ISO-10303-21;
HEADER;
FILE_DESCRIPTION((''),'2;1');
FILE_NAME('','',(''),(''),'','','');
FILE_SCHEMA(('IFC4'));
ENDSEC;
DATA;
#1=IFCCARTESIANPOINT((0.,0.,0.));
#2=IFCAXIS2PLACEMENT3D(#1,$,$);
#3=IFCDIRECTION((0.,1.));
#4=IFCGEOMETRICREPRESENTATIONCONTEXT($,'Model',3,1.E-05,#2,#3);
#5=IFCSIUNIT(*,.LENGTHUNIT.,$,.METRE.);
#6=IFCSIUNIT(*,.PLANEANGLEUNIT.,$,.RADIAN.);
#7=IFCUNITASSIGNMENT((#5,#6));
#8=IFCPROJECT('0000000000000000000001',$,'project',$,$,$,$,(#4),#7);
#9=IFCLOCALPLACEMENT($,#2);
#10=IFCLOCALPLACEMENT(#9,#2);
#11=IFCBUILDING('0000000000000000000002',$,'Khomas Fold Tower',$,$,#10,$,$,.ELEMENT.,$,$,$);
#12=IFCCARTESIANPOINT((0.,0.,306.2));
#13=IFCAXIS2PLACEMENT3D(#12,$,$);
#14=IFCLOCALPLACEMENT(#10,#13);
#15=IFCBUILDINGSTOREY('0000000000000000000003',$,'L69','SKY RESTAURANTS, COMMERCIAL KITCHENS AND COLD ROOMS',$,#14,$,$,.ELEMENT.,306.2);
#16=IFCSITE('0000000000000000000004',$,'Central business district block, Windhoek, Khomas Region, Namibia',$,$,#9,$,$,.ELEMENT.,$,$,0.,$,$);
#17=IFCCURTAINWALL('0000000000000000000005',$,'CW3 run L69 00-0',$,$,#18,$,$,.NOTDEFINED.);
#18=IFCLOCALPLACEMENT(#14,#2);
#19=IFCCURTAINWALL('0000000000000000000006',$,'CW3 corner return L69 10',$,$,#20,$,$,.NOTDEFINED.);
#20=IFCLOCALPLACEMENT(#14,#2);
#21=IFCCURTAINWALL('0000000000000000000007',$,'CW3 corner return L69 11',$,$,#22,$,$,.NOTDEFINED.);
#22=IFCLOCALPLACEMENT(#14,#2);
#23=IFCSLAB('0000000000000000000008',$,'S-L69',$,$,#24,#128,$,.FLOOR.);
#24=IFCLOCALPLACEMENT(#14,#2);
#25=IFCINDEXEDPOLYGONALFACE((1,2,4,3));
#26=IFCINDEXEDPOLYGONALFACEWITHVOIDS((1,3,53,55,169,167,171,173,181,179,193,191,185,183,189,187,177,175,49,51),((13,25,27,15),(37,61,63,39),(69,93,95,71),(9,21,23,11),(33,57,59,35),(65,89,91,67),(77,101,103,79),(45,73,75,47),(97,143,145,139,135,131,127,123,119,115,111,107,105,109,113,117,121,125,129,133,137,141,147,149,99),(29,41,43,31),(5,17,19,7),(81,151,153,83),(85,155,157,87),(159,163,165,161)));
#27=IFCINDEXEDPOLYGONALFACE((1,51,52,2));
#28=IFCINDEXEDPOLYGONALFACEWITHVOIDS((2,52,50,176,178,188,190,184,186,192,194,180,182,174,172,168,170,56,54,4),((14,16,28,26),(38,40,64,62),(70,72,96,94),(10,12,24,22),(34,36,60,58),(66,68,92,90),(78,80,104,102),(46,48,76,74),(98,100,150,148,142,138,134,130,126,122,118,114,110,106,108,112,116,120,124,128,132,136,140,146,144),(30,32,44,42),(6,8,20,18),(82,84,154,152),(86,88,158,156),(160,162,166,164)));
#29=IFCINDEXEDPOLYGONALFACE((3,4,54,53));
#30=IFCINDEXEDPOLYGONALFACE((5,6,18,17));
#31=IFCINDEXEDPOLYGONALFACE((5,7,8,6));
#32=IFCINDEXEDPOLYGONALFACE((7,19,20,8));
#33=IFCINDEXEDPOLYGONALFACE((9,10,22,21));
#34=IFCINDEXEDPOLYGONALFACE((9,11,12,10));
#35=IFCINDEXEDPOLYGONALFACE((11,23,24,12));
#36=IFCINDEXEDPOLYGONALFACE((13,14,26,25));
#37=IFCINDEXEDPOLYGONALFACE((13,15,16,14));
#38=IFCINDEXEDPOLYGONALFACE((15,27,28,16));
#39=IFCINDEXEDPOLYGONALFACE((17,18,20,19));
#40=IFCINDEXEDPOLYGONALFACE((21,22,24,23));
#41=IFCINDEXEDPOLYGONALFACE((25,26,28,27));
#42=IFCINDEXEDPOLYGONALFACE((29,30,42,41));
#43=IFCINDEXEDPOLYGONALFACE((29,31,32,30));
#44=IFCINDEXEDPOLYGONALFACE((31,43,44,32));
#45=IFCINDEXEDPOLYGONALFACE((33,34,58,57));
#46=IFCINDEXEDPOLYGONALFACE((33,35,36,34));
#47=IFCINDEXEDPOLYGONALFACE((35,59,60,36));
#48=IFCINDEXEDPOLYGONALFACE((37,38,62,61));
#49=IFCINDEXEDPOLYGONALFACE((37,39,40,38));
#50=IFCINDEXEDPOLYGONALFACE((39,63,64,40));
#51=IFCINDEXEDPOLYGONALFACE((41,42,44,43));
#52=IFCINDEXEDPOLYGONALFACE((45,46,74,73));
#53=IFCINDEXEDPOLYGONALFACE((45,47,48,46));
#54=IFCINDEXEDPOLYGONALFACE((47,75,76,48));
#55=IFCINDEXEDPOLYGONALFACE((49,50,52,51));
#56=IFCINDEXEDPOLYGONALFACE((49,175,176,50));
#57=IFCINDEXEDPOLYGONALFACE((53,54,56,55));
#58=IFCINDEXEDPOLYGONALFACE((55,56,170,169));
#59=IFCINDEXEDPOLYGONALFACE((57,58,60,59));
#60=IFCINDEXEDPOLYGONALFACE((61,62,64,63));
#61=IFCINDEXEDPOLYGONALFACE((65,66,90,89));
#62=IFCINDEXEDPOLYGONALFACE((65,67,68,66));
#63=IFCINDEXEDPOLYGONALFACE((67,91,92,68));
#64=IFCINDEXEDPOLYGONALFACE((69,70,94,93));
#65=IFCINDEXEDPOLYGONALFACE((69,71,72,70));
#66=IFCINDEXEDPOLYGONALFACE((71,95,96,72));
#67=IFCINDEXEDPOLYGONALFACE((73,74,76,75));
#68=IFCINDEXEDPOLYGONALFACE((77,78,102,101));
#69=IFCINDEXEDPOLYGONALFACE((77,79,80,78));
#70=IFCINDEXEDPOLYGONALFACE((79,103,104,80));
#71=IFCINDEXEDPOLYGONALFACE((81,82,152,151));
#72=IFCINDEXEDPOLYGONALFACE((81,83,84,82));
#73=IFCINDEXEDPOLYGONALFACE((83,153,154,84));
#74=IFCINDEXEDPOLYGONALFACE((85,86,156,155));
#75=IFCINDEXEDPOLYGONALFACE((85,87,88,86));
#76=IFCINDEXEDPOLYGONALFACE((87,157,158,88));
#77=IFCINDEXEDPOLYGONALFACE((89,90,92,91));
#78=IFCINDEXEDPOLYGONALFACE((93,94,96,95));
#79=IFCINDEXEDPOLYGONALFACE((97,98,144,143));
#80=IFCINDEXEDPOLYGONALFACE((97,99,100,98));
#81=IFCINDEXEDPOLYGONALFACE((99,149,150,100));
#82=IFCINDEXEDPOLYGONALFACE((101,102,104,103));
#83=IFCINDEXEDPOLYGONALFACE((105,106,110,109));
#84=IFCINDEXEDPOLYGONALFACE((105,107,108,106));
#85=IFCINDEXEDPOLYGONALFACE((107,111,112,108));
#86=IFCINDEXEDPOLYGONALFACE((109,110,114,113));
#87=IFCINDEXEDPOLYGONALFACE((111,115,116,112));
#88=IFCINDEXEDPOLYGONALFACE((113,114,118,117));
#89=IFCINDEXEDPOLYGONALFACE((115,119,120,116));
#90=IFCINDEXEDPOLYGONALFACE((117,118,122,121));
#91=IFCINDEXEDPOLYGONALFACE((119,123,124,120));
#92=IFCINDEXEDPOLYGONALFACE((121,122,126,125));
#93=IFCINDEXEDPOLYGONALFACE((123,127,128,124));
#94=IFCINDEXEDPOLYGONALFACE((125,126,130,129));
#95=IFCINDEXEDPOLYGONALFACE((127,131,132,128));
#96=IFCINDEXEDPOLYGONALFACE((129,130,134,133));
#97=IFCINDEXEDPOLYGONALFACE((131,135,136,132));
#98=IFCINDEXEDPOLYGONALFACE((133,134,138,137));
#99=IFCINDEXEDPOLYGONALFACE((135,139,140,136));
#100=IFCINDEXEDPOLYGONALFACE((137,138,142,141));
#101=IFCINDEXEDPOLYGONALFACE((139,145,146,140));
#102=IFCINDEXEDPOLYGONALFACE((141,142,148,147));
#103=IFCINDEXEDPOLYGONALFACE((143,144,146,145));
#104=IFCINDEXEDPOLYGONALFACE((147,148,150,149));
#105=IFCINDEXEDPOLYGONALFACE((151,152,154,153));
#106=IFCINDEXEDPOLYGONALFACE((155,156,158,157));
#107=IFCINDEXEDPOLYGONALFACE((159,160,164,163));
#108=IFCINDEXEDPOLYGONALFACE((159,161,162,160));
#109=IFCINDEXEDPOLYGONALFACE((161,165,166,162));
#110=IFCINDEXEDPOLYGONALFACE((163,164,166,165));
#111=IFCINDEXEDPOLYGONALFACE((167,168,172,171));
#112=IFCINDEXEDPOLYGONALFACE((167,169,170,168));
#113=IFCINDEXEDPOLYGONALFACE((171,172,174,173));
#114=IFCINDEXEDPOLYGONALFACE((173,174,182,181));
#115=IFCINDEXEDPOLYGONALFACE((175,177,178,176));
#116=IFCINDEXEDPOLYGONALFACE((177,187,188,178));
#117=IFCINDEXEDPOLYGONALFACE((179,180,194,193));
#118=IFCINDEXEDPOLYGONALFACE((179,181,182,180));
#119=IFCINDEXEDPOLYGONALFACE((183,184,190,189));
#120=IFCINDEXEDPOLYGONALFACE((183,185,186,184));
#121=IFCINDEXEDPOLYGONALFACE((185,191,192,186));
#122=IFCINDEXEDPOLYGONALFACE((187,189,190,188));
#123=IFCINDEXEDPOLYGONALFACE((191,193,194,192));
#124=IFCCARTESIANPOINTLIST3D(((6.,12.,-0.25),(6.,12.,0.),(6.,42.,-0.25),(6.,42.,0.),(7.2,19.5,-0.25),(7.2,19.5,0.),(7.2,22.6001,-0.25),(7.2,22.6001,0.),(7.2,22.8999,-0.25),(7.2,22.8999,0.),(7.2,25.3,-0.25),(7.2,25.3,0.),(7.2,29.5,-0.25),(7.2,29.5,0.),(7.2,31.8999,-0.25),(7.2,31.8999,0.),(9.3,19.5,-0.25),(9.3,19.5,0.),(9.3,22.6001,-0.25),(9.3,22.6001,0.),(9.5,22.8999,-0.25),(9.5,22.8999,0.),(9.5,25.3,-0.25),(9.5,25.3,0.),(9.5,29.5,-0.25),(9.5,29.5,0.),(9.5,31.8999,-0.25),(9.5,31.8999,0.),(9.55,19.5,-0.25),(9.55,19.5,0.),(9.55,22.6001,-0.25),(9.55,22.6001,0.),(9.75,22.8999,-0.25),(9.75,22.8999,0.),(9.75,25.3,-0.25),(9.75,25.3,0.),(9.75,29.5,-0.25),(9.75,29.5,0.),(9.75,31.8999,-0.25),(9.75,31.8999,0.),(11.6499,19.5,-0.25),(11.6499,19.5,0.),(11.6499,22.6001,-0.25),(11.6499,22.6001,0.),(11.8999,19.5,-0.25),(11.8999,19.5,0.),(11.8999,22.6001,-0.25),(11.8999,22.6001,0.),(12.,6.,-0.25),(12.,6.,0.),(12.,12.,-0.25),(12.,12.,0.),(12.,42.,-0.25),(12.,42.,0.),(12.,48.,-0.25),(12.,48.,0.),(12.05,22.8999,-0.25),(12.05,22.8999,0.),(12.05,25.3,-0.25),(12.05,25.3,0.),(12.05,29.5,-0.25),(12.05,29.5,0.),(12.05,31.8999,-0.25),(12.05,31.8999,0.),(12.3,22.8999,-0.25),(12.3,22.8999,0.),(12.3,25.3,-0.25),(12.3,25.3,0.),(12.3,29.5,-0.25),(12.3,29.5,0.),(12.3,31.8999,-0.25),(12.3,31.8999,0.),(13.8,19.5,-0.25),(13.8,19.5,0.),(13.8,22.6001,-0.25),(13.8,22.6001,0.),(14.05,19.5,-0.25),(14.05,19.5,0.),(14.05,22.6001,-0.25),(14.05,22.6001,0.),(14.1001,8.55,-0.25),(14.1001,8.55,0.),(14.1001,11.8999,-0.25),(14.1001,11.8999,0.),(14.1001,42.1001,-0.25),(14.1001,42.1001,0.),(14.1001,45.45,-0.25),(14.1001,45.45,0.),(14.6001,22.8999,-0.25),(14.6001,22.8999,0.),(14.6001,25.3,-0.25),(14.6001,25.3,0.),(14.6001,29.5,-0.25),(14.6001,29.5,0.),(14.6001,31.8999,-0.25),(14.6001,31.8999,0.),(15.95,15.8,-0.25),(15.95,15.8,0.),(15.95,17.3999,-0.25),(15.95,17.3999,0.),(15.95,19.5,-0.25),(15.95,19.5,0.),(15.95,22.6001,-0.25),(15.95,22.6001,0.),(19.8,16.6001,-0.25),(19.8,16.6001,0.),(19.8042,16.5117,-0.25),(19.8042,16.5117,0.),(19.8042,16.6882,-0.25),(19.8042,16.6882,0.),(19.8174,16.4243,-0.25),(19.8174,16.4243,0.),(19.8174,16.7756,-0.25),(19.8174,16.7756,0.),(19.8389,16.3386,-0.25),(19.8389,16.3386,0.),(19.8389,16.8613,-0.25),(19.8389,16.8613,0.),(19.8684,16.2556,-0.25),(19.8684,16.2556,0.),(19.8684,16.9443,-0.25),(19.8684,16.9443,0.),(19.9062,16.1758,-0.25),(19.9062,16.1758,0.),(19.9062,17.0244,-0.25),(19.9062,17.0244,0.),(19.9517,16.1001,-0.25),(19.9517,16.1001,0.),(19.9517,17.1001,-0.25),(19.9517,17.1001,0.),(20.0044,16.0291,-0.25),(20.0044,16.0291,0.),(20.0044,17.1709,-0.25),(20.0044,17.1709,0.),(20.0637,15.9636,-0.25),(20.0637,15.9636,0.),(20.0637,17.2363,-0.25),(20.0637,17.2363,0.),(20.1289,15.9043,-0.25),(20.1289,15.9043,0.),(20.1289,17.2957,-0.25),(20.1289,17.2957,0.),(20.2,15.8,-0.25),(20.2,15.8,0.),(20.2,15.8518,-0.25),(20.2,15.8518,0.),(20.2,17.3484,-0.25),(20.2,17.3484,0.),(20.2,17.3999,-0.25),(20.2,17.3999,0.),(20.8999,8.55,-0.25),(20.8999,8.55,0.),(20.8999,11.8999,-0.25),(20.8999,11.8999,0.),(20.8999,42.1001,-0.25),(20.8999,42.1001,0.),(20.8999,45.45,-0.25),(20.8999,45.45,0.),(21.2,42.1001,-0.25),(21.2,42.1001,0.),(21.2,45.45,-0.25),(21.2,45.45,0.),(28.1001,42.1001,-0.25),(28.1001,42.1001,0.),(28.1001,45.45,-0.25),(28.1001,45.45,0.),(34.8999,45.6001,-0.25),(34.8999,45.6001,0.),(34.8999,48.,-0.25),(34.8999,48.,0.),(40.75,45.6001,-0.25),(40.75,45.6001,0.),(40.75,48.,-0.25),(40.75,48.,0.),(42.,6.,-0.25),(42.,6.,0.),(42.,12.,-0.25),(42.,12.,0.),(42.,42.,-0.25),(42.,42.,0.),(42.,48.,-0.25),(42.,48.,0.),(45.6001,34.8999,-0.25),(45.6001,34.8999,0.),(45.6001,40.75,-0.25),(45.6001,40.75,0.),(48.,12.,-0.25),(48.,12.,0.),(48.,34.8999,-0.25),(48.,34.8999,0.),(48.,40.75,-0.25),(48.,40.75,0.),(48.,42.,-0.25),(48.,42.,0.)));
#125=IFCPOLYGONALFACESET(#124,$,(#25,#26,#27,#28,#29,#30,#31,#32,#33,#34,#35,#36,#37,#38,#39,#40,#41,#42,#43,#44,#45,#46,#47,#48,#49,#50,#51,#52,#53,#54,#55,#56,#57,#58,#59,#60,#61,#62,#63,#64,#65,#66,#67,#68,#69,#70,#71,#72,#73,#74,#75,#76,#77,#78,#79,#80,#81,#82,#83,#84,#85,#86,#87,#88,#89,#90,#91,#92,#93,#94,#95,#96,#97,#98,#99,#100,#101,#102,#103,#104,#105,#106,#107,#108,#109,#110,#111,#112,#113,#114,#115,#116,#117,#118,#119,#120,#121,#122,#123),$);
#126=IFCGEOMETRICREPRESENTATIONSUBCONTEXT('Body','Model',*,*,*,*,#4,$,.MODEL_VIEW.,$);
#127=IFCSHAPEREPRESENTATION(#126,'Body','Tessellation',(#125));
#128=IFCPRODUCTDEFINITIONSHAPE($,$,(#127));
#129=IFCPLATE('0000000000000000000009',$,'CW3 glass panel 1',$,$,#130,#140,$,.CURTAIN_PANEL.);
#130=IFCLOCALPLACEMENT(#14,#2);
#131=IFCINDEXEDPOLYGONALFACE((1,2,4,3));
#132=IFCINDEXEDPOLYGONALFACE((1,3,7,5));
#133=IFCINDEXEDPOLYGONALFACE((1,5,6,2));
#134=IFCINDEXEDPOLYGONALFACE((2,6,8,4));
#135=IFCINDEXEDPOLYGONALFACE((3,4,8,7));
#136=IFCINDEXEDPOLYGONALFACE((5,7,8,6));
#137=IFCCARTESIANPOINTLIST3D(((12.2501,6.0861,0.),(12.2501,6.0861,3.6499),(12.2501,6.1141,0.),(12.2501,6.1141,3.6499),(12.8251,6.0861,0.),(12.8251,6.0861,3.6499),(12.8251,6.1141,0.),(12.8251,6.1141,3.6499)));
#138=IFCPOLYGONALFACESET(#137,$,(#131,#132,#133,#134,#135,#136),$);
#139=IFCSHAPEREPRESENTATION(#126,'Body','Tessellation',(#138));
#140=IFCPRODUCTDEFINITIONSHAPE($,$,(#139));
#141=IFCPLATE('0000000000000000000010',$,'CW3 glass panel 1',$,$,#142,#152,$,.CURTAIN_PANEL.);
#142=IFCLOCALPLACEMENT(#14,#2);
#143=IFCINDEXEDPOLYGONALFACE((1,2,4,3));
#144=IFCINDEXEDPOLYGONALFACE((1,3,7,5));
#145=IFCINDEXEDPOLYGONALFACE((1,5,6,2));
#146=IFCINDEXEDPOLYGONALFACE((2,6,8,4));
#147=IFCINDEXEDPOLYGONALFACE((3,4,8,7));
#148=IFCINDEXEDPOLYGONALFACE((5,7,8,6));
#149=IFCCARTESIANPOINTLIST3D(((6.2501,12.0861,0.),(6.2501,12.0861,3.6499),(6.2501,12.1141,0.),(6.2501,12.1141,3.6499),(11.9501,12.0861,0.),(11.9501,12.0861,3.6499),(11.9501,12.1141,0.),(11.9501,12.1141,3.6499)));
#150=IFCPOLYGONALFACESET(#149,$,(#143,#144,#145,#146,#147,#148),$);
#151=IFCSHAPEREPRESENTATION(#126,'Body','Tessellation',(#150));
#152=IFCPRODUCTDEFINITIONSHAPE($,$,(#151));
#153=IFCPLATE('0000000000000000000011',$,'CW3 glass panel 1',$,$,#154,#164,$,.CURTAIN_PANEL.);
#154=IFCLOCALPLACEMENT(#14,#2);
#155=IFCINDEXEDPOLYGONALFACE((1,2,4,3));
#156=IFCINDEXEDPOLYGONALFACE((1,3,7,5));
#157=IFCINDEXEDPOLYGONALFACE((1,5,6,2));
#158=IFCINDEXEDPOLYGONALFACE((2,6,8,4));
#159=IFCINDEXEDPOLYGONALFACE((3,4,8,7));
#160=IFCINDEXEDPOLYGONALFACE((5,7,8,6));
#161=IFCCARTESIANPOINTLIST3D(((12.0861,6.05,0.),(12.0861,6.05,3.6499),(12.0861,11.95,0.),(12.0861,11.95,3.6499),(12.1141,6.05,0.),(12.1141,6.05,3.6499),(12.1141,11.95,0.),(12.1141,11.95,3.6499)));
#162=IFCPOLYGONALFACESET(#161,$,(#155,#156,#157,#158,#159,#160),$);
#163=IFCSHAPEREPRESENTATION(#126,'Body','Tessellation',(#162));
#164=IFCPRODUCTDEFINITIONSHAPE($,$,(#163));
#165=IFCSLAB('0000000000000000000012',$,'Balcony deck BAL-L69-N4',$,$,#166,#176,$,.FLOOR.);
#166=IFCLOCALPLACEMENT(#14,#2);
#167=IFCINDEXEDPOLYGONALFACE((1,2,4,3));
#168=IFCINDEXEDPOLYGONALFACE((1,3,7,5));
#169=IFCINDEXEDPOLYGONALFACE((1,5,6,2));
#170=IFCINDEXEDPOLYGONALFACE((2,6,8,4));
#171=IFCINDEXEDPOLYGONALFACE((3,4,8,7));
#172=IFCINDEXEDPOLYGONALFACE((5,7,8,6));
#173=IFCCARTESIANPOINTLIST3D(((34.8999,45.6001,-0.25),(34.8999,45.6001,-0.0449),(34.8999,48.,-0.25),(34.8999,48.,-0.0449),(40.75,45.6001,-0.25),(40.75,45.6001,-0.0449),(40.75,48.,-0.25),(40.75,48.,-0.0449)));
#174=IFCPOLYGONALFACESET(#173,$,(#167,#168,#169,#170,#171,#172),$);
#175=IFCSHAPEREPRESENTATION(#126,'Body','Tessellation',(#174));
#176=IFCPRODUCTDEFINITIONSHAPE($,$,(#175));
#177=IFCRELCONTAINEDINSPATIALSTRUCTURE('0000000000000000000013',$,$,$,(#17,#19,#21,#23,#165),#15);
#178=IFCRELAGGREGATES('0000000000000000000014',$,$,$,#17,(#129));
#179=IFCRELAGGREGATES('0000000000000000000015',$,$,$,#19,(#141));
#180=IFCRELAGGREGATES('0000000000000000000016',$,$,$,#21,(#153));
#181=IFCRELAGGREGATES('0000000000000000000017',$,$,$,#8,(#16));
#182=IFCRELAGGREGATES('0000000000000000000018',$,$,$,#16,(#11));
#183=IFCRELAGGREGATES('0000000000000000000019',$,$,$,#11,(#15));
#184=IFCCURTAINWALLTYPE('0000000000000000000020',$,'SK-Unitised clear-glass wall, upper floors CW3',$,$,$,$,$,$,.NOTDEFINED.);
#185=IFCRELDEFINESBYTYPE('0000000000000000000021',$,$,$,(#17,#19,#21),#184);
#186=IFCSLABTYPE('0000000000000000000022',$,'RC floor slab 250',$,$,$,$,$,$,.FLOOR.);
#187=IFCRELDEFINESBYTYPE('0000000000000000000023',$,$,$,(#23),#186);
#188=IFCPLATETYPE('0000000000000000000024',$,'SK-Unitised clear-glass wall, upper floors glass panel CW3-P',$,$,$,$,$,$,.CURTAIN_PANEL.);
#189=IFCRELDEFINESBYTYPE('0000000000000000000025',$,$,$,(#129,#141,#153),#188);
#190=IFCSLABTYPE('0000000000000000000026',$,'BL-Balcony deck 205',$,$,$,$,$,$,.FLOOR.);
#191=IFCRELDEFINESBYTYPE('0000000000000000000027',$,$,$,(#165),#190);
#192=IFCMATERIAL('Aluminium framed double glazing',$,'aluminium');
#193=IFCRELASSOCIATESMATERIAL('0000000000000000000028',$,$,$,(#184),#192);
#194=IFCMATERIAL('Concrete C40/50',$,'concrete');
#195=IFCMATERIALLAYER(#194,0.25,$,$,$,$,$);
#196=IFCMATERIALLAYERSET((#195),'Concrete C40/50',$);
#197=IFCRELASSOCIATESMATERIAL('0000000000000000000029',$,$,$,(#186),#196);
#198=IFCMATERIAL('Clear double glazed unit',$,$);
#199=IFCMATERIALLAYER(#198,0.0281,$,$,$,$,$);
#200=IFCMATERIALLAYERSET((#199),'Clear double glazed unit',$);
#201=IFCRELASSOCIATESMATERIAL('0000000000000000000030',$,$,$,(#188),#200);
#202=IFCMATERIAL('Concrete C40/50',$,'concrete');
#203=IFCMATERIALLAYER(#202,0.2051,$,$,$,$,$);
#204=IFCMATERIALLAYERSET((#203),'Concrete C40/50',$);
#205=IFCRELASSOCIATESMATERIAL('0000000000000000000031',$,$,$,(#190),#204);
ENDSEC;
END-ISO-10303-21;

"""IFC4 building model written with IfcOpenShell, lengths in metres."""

from ifc_helpers import new_model, si_unit, direction, frame, origin, origin_2d, place, context, subcontext, project, spatial, polyline, rectangle, outline, extrude, source, transform, mapped, material, layer, layer_set, type_object, element, aggregate, save


model = new_model("IFC4")

# Units and contexts
model_context = context("Model", 3, precision=1e-05, world=origin(), true_north=direction((0.0, 1.0)))
body_context = subcontext(model_context, "Body", "Model", "MODEL_VIEW")
ifc_project = project(units=[si_unit("LENGTHUNIT", "METRE"), si_unit("PLANEANGLEUNIT", "RADIAN")], contexts=[model_context])

# Site, building, storey
site_placement = place(None, origin())
site = spatial("IfcSite", under=ifc_project, at=site_placement, Name="Central business district block, Windhoek, Khomas Region, Namibia", CompositionType="ELEMENT", RefElevation=0.0)
building_placement = place(site_placement, origin())
building = spatial("IfcBuilding", under=site, at=building_placement, Name="Khomas Fold Tower", CompositionType="ELEMENT")
storey_placement = place(building_placement, frame((0.0, 0.0, 306.2)))
storey = spatial("IfcBuildingStorey", under=building, at=storey_placement, Name="L69", Description="SKY RESTAURANTS, COMMERCIAL KITCHENS AND COLD ROOMS", CompositionType="ELEMENT", Elevation=306.2)

# Curtain walls
ifc_material_1 = material(Name="Aluminium framed double glazing", Category="aluminium")
curtain_wall_type = type_object("IfcCurtainWallType", Name="SK-Unitised clear-glass wall, upper floors CW3", PredefinedType="NOTDEFINED", material=ifc_material_1)
curtain_wall_1_placement = place(storey_placement, origin())
curtain_wall_1 = element("IfcCurtainWall", 1, at=curtain_wall_1_placement, inside=storey, type_object=curtain_wall_type, Name="CW3 run L69 00-0", PredefinedType="NOTDEFINED")
curtain_wall_2_placement = place(storey_placement, origin())
curtain_wall_2 = element("IfcCurtainWall", 2, at=curtain_wall_2_placement, inside=storey, type_object=curtain_wall_type, Name="CW3 corner return L69 10", PredefinedType="NOTDEFINED")

# Curtain wall
curtain_wall_3_placement = place(storey_placement, origin())
curtain_wall_3 = element("IfcCurtainWall", 3, at=curtain_wall_3_placement, inside=storey, type_object=curtain_wall_type, Name="CW3 corner return L69 11", PredefinedType="NOTDEFINED")

# Slab
ifc_material_2 = material(Name="Concrete C40/50", Category="concrete")
ifc_layer_1 = layer(ifc_material_2, 0.25)
ifc_layer_set_1 = layer_set([ifc_layer_1], Name="Concrete C40/50")
slab_type_1 = type_object("IfcSlabType", Name="RC floor slab 250", PredefinedType="FLOOR", material=ifc_layer_set_1)
shared_shape_1 = source(origin(), body_context, "Body", "SweptSolid", [
    extrude(outline(polyline([(6.0, 12.0), (12.0, 12.0), (12.0, 6.0), (42.0, 6.0), (42.0, 12.0), (48.0, 12.0), (48.0, 34.8999), (45.6001, 34.8999), (45.6001, 40.75), (48.0, 40.75), (48.0, 42.0), (42.0, 42.0), (42.0, 48.0), (40.75, 48.0), (40.75, 45.6001), (34.8999, 45.6001), (34.8999, 48.0), (12.0, 48.0), (12.0, 42.0), (6.0, 42.0), (6.0, 12.0)]), holes=[polyline([(7.2, 19.5), (7.2, 22.6001), (9.3, 22.6001), (9.3, 19.5), (7.2, 19.5)]), polyline([(7.2, 22.8999), (7.2, 25.3), (9.5, 25.3), (9.5, 22.8999), (7.2, 22.8999)]), polyline([(7.2, 29.5), (7.2, 31.8999), (9.5, 31.8999), (9.5, 29.5), (7.2, 29.5)]), polyline([(9.55, 19.5), (9.55, 22.6001), (11.6499, 22.6001), (11.6499, 19.5), (9.55, 19.5)]), polyline([(9.75, 22.8999), (9.75, 25.3), (12.05, 25.3), (12.05, 22.8999), (9.75, 22.8999)]), polyline([(9.75, 29.5), (9.75, 31.8999), (12.05, 31.8999), (12.05, 29.5), (9.75, 29.5)]), polyline([(11.8999, 19.5), (11.8999, 22.6001), (13.8, 22.6001), (13.8, 19.5), (11.8999, 19.5)]), polyline([(12.3, 22.8999), (12.3, 25.3), (14.6001, 25.3), (14.6001, 22.8999), (12.3, 22.8999)]), polyline([(12.3, 29.5), (12.3, 31.8999), (14.6001, 31.8999), (14.6001, 29.5), (12.3, 29.5)]), polyline([(14.05, 19.5), (14.05, 22.6001), (15.95, 22.6001), (15.95, 19.5), (14.05, 19.5)]), polyline([(14.1001, 8.55), (14.1001, 11.8999), (20.8999, 11.8999), (20.8999, 8.55), (14.1001, 8.55)]), polyline([(14.1001, 42.1001), (14.1001, 45.45), (20.8999, 45.45), (20.8999, 42.1001), (14.1001, 42.1001)]), polyline([(15.95, 15.8), (15.95, 17.3999), (20.2, 17.3999), (20.2, 17.3484), (20.2, 17.3484), (20.1289, 17.2957), (20.0637, 17.2363), (20.0044, 17.1709), (19.9517, 17.1001), (19.9062, 17.0244), (19.8684, 16.9443), (19.8389, 16.8613), (19.8174, 16.7756), (19.8042, 16.6882), (19.8, 16.6001), (19.8042, 16.5117), (19.8174, 16.4243), (19.8389, 16.3386), (19.8684, 16.2556), (19.9062, 16.1758), (19.9517, 16.1001), (20.0044, 16.0291), (20.0637, 15.9636), (20.1289, 15.9043), (20.2, 15.8518), (20.2, 15.8518), (20.2, 15.8), (15.95, 15.8)]), polyline([(21.2, 42.1001), (21.2, 45.45), (28.1001, 45.45), (28.1001, 42.1001), (21.2, 42.1001)])]), origin(), (0.0, 0.0, 1.0), 0.25),
])
slab_1_placement = place(storey_placement, frame((0.0, 0.0, -0.25)))
element("IfcSlab", 4, at=slab_1_placement, inside=storey, type_object=slab_type_1, Name="S-L69", PredefinedType="FLOOR", context=body_context, shape_type="MappedRepresentation", body=[
    mapped(shared_shape_1, transform((0.0, 0.0, 0.0))),
])

# Plates
ifc_material_3 = material(Name="Clear double glazed unit")
ifc_layer_2 = layer(ifc_material_3, 0.0281)
ifc_layer_set_2 = layer_set([ifc_layer_2], Name="Clear double glazed unit")
plate_type = type_object("IfcPlateType", Name="SK-Unitised clear-glass wall, upper floors glass panel CW3-P", PredefinedType="CURTAIN_PANEL", material=ifc_layer_set_2)
shared_shape_2 = source(origin(), body_context, "Body", "SweptSolid", [
    extrude(rectangle(XDim=0.575, YDim=0.0281, at=origin_2d()), origin(), (0.0, 0.0, 1.0), 3.6499),
])
plate_1_placement = place(storey_placement, frame((12.5376, 6.1001, 0.0), z_axis=(0.0, 0.0, 1.0), x_axis=(1.0, 0.0, 0.0)))
plate_1 = element("IfcPlate", 5, at=plate_1_placement, type_object=plate_type, Name="CW3 glass panel 1", PredefinedType="CURTAIN_PANEL", context=body_context, shape_type="MappedRepresentation", body=[
    mapped(shared_shape_2, transform((0.0, 0.0, 0.0))),
])
aggregate(curtain_wall_1, [plate_1])
shared_shape_3 = source(origin(), body_context, "Body", "SweptSolid", [
    extrude(rectangle(XDim=5.7, YDim=0.0281, at=origin_2d()), origin(), (0.0, 0.0, 1.0), 3.6499),
])
plate_2_placement = place(storey_placement, frame((9.1001, 12.1001, 0.0), z_axis=(0.0, 0.0, 1.0), x_axis=(1.0, 0.0, 0.0)))
plate_2 = element("IfcPlate", 6, at=plate_2_placement, type_object=plate_type, Name="CW3 glass panel 1", PredefinedType="CURTAIN_PANEL", context=body_context, shape_type="MappedRepresentation", body=[
    mapped(shared_shape_3, transform((0.0, 0.0, 0.0))),
])
aggregate(curtain_wall_2, [plate_2])
shared_shape_4 = source(origin(), body_context, "Body", "SweptSolid", [
    extrude(rectangle(XDim=5.8999, YDim=0.0281, at=origin_2d()), origin(), (0.0, 0.0, 1.0), 3.6499),
])
plate_3_placement = place(storey_placement, frame((12.1001, 9.0, 0.0), z_axis=(0.0, 0.0, 1.0), x_axis=(0.0, -1.0, 0.0)))
plate_3 = element("IfcPlate", 7, at=plate_3_placement, type_object=plate_type, Name="CW3 glass panel 1", PredefinedType="CURTAIN_PANEL", context=body_context, shape_type="MappedRepresentation", body=[
    mapped(shared_shape_4, transform((0.0, 0.0, 0.0))),
])
aggregate(curtain_wall_3, [plate_3])

# Slab
ifc_material_4 = material(Name="Concrete C40/50", Category="concrete")
ifc_layer_3 = layer(ifc_material_4, 0.2051)
ifc_layer_set_3 = layer_set([ifc_layer_3], Name="Concrete C40/50")
slab_type_2 = type_object("IfcSlabType", Name="BL-Balcony deck 205", PredefinedType="FLOOR", material=ifc_layer_set_3)
shared_shape_5 = source(origin(), body_context, "Body", "SweptSolid", [
    extrude(outline(polyline([(34.8999, 45.6001), (40.75, 45.6001), (40.75, 48.0), (34.8999, 48.0), (34.8999, 45.6001)])), origin(), (0.0, 0.0, 1.0), 0.2051),
])
slab_2_placement = place(storey_placement, frame((0.0, 0.0, -0.25)))
element("IfcSlab", 8, at=slab_2_placement, inside=storey, type_object=slab_type_2, Name="Balcony deck BAL-L69-N4", PredefinedType="FLOOR", context=body_context, shape_type="MappedRepresentation", body=[
    mapped(shared_shape_5, transform((0.0, 0.0, 0.0))),
])

save(model, "model.ifc")
